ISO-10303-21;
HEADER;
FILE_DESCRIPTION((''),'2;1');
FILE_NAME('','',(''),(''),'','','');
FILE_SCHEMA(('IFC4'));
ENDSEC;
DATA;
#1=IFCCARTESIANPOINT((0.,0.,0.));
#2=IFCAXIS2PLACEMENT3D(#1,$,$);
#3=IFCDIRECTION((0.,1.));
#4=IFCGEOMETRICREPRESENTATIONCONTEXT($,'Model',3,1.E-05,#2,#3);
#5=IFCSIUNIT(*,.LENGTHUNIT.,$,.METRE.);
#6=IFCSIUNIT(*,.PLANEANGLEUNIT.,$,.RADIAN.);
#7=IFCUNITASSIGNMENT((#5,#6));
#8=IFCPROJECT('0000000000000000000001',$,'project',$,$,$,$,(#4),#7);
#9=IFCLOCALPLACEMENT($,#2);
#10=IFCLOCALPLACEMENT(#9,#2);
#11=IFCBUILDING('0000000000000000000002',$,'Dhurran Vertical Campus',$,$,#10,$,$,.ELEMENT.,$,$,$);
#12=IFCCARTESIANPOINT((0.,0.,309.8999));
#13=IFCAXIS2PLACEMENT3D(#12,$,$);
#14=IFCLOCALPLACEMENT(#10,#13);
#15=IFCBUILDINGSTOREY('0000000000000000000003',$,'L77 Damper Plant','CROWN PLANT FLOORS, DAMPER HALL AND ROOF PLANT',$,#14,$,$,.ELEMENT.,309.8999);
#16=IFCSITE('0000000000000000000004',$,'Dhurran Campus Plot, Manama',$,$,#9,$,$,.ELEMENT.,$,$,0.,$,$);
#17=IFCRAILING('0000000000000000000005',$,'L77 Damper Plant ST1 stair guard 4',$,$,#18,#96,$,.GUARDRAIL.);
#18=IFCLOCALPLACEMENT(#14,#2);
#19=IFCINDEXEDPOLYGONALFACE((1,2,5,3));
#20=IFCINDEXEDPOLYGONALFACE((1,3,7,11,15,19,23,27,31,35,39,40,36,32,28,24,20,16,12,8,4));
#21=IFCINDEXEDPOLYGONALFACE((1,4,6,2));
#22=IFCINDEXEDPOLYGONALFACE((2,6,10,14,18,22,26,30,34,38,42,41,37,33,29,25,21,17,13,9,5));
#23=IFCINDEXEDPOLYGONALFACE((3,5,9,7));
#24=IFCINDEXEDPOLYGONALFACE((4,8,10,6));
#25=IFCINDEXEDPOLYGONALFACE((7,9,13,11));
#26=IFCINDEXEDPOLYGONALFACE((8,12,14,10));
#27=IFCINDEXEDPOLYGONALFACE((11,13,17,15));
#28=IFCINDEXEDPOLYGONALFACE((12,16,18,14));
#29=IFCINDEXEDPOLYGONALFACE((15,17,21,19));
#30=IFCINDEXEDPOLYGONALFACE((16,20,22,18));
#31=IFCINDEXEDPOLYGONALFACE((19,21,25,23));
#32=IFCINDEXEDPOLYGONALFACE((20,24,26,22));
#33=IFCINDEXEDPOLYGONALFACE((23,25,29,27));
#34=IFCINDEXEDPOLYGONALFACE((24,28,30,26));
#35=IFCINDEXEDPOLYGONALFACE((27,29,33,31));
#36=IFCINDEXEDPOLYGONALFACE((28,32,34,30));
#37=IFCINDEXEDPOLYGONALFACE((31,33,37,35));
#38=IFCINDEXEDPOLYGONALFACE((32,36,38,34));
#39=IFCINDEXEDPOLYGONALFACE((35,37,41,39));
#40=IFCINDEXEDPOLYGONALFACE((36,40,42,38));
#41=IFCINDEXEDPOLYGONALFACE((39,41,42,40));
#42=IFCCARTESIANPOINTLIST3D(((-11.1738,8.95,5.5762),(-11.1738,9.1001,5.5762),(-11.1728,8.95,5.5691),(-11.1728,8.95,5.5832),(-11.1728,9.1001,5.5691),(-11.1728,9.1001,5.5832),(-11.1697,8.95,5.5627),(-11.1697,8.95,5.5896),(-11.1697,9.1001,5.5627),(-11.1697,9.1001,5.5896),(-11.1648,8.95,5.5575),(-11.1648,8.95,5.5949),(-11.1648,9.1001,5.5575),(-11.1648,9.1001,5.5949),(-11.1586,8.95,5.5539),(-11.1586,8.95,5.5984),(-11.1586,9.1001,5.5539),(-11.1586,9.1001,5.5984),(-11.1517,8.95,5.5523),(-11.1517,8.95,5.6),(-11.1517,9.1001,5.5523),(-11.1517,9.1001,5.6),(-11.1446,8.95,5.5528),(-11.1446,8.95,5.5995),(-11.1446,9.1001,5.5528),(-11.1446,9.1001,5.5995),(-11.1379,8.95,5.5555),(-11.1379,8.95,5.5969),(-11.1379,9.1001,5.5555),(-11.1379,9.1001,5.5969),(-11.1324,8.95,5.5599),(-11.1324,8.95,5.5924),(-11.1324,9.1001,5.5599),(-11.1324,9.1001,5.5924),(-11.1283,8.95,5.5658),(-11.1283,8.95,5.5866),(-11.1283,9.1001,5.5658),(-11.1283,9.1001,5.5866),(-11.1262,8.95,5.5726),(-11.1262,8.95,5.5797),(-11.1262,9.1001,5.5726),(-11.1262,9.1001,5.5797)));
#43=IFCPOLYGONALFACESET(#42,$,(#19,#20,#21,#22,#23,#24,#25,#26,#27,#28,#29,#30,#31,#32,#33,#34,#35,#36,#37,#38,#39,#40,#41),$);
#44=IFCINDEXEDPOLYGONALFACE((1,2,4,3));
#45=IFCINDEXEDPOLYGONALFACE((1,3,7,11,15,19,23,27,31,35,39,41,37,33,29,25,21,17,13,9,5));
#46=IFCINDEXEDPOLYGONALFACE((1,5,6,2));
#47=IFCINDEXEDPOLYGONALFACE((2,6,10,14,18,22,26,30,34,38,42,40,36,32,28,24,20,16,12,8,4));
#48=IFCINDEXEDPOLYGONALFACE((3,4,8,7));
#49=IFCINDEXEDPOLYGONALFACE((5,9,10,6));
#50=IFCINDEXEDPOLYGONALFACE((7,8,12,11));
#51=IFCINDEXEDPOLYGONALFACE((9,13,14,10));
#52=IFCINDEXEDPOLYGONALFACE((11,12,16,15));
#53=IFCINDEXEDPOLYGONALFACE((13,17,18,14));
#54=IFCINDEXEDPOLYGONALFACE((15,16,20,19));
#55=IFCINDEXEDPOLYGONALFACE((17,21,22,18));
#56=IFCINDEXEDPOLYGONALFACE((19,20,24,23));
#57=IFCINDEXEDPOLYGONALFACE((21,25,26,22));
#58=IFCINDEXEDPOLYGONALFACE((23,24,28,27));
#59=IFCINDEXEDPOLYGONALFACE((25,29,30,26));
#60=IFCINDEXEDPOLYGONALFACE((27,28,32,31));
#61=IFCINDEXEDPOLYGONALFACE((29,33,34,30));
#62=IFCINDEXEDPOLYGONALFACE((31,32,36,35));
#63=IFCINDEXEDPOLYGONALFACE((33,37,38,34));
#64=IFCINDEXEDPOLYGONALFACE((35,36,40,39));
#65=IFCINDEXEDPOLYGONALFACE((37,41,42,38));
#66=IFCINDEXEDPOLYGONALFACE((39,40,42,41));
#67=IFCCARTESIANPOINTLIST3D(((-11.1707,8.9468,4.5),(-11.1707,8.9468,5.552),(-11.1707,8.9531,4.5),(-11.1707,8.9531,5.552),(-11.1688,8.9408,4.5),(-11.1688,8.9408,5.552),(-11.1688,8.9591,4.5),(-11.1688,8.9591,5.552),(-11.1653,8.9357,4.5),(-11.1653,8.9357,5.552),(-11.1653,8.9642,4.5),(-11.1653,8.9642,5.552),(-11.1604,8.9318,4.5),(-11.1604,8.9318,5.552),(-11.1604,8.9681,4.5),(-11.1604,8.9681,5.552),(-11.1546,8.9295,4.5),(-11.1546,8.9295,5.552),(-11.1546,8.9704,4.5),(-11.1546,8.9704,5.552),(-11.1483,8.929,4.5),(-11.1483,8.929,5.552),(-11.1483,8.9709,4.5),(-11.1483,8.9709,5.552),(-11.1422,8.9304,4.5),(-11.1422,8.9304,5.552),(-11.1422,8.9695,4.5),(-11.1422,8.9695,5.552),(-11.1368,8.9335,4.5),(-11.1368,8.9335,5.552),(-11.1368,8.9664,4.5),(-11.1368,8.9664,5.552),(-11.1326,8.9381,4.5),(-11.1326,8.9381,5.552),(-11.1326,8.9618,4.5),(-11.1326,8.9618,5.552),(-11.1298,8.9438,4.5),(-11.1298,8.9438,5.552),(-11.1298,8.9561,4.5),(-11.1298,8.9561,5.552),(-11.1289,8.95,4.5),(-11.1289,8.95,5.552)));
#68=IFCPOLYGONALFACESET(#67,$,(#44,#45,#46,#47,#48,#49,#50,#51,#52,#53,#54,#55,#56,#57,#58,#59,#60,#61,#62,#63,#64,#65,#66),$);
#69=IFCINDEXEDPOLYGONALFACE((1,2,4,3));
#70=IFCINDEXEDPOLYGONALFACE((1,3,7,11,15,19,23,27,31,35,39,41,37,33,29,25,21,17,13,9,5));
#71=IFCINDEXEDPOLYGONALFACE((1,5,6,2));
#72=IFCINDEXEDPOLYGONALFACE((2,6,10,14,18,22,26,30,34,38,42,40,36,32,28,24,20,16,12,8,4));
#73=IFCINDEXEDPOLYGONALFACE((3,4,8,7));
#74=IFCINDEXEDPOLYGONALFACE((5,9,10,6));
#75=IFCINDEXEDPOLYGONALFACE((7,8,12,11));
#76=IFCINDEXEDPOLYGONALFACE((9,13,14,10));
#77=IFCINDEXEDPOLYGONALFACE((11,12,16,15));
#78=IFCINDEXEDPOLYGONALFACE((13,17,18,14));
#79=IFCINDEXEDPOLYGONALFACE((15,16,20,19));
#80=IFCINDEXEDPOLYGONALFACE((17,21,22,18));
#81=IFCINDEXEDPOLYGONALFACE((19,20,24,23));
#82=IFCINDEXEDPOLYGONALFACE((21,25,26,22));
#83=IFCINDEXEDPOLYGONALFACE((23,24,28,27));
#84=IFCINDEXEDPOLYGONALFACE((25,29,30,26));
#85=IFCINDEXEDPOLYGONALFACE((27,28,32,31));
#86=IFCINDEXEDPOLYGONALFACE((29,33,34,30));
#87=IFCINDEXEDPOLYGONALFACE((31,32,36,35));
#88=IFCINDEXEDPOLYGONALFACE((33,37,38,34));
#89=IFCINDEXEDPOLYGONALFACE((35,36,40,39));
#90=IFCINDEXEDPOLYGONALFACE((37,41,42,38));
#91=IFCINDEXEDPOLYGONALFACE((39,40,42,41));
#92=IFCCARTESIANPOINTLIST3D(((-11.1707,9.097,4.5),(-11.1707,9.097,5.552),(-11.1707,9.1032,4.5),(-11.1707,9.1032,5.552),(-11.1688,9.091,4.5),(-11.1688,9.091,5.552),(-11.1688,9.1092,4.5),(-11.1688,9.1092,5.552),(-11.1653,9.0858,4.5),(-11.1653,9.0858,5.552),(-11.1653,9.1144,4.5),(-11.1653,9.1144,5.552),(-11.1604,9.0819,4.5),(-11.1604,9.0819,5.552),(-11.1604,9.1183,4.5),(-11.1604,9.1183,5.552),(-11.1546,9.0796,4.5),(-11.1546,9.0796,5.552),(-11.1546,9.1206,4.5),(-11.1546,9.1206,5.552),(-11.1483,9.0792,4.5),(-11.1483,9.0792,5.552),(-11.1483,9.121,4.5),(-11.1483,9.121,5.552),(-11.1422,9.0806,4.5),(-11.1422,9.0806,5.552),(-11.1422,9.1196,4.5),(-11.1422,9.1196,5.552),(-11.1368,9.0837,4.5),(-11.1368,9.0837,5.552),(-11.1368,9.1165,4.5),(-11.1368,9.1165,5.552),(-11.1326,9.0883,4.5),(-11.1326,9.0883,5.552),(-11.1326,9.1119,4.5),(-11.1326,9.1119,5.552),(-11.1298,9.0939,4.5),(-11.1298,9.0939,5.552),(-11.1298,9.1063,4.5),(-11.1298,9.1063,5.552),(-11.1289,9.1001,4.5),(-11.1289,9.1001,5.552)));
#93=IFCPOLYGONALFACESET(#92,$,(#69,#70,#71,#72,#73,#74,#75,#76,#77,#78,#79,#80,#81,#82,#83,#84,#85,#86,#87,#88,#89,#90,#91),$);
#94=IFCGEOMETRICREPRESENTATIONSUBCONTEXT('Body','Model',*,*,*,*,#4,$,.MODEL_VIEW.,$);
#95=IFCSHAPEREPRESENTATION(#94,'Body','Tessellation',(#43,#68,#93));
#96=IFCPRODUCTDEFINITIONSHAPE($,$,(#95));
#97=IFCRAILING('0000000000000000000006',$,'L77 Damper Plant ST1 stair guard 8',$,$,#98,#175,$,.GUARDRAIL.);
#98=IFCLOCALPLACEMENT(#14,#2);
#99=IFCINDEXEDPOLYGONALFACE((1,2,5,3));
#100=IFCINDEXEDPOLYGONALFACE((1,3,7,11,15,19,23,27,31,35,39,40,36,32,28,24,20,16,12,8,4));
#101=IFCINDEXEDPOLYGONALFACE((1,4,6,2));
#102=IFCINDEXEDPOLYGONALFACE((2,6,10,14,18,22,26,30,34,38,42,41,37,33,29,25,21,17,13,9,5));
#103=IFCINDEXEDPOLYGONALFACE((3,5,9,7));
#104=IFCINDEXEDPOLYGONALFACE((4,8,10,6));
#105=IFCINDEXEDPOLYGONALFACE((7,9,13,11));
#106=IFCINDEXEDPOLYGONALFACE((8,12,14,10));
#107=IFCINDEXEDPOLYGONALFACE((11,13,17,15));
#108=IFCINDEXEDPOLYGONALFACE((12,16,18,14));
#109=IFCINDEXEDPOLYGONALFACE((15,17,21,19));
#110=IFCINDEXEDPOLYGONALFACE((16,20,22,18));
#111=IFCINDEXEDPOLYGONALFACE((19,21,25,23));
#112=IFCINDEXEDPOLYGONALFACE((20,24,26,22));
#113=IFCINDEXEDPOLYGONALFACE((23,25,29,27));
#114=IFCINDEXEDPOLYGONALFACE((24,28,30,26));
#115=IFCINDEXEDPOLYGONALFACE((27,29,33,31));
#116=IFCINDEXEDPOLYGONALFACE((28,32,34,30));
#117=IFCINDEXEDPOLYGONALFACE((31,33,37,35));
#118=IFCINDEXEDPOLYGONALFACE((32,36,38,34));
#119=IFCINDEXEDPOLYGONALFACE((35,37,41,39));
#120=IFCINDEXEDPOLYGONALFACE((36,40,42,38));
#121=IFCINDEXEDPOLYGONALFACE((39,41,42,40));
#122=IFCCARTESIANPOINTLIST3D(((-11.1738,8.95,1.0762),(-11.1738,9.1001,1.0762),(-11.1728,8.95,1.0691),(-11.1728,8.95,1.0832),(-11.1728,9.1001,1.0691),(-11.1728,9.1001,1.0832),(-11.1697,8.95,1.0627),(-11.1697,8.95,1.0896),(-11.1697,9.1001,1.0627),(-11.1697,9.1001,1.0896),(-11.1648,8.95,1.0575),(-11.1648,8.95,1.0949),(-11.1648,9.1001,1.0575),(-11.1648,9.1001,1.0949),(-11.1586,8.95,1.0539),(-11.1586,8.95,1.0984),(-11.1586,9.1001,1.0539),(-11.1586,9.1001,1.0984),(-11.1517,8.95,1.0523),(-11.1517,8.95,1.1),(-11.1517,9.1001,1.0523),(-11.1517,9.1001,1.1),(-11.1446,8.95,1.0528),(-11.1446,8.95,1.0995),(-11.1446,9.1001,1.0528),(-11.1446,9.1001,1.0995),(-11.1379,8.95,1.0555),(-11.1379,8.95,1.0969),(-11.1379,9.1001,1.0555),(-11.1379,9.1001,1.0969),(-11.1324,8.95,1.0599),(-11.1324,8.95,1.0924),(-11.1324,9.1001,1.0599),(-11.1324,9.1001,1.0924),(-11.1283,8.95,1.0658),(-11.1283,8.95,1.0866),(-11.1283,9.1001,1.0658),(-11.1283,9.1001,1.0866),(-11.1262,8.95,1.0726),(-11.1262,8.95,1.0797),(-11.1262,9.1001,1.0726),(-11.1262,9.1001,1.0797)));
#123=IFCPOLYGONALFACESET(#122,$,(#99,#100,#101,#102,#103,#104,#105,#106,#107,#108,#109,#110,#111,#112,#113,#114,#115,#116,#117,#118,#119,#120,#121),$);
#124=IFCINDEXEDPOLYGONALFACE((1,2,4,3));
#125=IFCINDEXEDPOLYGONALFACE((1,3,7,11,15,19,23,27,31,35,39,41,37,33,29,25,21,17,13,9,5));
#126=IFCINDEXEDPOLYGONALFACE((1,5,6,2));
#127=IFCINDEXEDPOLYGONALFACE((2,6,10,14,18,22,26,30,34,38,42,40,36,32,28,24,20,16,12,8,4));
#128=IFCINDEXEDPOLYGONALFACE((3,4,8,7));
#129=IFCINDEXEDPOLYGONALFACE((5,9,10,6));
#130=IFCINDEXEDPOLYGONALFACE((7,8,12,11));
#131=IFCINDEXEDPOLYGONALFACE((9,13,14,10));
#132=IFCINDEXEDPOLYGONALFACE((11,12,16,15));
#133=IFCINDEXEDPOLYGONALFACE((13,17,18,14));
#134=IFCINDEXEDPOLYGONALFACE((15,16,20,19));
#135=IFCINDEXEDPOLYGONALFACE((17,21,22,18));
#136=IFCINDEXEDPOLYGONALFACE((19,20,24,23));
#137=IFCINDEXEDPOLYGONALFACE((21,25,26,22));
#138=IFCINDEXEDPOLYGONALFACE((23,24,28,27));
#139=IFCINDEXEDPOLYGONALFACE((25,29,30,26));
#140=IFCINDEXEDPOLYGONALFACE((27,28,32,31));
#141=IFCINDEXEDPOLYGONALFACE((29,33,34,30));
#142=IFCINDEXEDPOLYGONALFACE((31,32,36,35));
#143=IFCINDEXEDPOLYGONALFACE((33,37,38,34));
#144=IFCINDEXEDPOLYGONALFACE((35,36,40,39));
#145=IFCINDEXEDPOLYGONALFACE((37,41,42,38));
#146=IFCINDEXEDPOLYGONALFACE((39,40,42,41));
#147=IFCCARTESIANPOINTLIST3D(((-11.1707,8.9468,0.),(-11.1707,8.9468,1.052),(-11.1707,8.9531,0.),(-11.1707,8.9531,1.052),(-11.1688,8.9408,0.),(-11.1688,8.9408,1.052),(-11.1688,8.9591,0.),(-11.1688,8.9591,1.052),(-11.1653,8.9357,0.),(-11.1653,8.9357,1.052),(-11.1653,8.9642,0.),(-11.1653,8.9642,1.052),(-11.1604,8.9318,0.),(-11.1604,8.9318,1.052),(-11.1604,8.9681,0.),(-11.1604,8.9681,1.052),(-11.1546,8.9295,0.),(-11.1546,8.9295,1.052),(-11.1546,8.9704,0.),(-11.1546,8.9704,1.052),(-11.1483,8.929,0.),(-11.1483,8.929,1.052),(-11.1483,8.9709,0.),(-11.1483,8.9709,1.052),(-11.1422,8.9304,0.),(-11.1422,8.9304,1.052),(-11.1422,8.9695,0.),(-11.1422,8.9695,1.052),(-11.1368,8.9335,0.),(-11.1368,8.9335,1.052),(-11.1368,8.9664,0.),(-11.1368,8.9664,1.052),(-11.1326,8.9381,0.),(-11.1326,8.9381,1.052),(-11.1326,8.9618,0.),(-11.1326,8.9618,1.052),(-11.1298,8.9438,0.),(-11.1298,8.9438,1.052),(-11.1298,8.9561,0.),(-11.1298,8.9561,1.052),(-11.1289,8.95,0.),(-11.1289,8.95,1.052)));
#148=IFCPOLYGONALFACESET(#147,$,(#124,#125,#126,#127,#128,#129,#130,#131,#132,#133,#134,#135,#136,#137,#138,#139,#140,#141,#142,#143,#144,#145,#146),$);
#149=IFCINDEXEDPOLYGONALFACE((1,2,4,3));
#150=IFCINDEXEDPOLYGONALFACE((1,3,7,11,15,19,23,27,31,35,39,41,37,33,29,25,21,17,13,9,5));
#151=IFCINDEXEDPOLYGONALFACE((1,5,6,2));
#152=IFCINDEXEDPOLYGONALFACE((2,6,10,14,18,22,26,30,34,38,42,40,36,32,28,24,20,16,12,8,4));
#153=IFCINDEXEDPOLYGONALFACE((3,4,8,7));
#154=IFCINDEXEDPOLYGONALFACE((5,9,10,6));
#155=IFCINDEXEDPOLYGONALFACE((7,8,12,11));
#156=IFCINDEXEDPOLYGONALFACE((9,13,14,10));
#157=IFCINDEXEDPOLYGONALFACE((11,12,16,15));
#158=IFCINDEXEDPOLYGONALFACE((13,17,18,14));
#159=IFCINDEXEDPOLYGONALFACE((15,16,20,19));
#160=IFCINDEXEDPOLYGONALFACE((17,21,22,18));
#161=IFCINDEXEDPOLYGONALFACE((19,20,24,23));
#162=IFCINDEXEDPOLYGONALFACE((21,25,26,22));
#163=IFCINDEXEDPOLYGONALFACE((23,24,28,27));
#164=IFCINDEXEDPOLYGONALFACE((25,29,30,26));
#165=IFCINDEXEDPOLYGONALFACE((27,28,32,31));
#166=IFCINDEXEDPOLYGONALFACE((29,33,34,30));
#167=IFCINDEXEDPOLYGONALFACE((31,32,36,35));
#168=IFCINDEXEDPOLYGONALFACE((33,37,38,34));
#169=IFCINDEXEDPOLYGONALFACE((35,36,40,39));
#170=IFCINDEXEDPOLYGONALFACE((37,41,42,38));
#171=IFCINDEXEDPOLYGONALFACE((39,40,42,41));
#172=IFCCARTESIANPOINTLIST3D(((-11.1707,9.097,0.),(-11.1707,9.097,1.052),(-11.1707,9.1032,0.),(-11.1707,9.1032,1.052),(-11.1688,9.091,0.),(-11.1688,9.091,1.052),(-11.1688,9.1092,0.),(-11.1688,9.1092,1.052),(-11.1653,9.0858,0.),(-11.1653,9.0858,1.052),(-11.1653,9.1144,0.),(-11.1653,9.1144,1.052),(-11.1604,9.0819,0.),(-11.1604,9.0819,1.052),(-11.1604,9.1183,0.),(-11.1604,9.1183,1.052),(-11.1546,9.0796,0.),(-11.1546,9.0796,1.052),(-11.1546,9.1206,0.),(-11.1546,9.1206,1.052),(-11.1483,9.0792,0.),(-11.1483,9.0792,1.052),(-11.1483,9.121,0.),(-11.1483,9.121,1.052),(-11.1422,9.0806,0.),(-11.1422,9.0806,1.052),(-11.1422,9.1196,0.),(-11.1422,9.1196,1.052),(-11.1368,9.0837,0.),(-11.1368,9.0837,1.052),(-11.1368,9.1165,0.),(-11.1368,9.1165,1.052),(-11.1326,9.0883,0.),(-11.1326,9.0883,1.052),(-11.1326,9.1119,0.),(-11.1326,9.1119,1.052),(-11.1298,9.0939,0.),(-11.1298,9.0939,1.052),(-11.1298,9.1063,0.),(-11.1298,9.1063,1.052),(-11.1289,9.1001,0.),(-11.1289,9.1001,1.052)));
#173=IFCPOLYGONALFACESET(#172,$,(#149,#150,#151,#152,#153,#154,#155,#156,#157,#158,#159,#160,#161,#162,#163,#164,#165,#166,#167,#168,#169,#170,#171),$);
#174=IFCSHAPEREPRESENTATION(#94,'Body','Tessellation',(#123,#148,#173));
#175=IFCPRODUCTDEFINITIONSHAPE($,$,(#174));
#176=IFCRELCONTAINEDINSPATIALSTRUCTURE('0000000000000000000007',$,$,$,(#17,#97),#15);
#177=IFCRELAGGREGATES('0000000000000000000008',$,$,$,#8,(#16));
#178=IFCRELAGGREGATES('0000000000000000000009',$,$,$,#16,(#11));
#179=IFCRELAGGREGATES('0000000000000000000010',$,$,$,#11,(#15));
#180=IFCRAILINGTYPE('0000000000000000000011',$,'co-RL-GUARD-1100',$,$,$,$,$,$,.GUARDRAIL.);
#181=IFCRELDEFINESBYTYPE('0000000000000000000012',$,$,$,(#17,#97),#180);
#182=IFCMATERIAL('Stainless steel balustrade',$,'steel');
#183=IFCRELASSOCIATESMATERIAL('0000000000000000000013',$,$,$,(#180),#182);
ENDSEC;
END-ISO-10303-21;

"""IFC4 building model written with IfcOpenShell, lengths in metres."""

from ifc_helpers import new_model, si_unit, direction, frame, origin, origin_2d, place, context, subcontext, project, spatial, circle, extrude, material, type_object, element, save


model = new_model("IFC4")

# Units and contexts
model_context = context("Model", 3, precision=1e-05, world=origin(), true_north=direction((0.0, 1.0)))
body_context = subcontext(model_context, "Body", "Model", "MODEL_VIEW")
ifc_project = project(units=[si_unit("LENGTHUNIT", "METRE"), si_unit("PLANEANGLEUNIT", "RADIAN")], contexts=[model_context])

# Site, building, storey
site_placement = place(None, origin())
site = spatial("IfcSite", under=ifc_project, at=site_placement, Name="Dhurran Campus Plot, Manama", CompositionType="ELEMENT", RefElevation=0.0)
building_placement = place(site_placement, origin())
building = spatial("IfcBuilding", under=site, at=building_placement, Name="Dhurran Vertical Campus", CompositionType="ELEMENT")
storey_placement = place(building_placement, frame((0.0, 0.0, 309.8999)))
storey = spatial("IfcBuildingStorey", under=building, at=storey_placement, Name="L77 Damper Plant", Description="CROWN PLANT FLOORS, DAMPER HALL AND ROOF PLANT", CompositionType="ELEMENT", Elevation=309.8999)

# Railings
ifc_material_1 = material(Name="Stainless steel balustrade", Category="steel")
railing_type = type_object("IfcRailingType", Name="co-RL-GUARD-1100", PredefinedType="GUARDRAIL", material=ifc_material_1)
for number, where, name in (
    (1, (-11.1499, 8.95, 4.5), "L77 Damper Plant ST1 stair guard 4"),
    (2, (-11.1499, 8.95, 0.0), "L77 Damper Plant ST1 stair guard 8"),
):
    element("IfcRailing", number, at=place(storey_placement, frame(where)), inside=storey, type_object=railing_type, Name=name, PredefinedType="GUARDRAIL", context=body_context, shape_type="SweptSolid", body=[
        extrude(circle(Radius=0.0239, at=origin_2d()), frame((0.0, 0.0, 1.0762), z_axis=(0.0, 1.0, 0.0), x_axis=(-1.0, 0.0, 0.0)), (0.0, 0.0, 1.0), 0.1501),
        extrude(circle(Radius=0.021, at=origin_2d()), origin(), (0.0, 0.0, 1.0), 1.052),
        extrude(circle(Radius=0.021, at=origin_2d()), frame((0.0, 0.1501, 0.0)), (0.0, 0.0, 1.0), 1.052),
    ])

save(model, "model.ifc")
